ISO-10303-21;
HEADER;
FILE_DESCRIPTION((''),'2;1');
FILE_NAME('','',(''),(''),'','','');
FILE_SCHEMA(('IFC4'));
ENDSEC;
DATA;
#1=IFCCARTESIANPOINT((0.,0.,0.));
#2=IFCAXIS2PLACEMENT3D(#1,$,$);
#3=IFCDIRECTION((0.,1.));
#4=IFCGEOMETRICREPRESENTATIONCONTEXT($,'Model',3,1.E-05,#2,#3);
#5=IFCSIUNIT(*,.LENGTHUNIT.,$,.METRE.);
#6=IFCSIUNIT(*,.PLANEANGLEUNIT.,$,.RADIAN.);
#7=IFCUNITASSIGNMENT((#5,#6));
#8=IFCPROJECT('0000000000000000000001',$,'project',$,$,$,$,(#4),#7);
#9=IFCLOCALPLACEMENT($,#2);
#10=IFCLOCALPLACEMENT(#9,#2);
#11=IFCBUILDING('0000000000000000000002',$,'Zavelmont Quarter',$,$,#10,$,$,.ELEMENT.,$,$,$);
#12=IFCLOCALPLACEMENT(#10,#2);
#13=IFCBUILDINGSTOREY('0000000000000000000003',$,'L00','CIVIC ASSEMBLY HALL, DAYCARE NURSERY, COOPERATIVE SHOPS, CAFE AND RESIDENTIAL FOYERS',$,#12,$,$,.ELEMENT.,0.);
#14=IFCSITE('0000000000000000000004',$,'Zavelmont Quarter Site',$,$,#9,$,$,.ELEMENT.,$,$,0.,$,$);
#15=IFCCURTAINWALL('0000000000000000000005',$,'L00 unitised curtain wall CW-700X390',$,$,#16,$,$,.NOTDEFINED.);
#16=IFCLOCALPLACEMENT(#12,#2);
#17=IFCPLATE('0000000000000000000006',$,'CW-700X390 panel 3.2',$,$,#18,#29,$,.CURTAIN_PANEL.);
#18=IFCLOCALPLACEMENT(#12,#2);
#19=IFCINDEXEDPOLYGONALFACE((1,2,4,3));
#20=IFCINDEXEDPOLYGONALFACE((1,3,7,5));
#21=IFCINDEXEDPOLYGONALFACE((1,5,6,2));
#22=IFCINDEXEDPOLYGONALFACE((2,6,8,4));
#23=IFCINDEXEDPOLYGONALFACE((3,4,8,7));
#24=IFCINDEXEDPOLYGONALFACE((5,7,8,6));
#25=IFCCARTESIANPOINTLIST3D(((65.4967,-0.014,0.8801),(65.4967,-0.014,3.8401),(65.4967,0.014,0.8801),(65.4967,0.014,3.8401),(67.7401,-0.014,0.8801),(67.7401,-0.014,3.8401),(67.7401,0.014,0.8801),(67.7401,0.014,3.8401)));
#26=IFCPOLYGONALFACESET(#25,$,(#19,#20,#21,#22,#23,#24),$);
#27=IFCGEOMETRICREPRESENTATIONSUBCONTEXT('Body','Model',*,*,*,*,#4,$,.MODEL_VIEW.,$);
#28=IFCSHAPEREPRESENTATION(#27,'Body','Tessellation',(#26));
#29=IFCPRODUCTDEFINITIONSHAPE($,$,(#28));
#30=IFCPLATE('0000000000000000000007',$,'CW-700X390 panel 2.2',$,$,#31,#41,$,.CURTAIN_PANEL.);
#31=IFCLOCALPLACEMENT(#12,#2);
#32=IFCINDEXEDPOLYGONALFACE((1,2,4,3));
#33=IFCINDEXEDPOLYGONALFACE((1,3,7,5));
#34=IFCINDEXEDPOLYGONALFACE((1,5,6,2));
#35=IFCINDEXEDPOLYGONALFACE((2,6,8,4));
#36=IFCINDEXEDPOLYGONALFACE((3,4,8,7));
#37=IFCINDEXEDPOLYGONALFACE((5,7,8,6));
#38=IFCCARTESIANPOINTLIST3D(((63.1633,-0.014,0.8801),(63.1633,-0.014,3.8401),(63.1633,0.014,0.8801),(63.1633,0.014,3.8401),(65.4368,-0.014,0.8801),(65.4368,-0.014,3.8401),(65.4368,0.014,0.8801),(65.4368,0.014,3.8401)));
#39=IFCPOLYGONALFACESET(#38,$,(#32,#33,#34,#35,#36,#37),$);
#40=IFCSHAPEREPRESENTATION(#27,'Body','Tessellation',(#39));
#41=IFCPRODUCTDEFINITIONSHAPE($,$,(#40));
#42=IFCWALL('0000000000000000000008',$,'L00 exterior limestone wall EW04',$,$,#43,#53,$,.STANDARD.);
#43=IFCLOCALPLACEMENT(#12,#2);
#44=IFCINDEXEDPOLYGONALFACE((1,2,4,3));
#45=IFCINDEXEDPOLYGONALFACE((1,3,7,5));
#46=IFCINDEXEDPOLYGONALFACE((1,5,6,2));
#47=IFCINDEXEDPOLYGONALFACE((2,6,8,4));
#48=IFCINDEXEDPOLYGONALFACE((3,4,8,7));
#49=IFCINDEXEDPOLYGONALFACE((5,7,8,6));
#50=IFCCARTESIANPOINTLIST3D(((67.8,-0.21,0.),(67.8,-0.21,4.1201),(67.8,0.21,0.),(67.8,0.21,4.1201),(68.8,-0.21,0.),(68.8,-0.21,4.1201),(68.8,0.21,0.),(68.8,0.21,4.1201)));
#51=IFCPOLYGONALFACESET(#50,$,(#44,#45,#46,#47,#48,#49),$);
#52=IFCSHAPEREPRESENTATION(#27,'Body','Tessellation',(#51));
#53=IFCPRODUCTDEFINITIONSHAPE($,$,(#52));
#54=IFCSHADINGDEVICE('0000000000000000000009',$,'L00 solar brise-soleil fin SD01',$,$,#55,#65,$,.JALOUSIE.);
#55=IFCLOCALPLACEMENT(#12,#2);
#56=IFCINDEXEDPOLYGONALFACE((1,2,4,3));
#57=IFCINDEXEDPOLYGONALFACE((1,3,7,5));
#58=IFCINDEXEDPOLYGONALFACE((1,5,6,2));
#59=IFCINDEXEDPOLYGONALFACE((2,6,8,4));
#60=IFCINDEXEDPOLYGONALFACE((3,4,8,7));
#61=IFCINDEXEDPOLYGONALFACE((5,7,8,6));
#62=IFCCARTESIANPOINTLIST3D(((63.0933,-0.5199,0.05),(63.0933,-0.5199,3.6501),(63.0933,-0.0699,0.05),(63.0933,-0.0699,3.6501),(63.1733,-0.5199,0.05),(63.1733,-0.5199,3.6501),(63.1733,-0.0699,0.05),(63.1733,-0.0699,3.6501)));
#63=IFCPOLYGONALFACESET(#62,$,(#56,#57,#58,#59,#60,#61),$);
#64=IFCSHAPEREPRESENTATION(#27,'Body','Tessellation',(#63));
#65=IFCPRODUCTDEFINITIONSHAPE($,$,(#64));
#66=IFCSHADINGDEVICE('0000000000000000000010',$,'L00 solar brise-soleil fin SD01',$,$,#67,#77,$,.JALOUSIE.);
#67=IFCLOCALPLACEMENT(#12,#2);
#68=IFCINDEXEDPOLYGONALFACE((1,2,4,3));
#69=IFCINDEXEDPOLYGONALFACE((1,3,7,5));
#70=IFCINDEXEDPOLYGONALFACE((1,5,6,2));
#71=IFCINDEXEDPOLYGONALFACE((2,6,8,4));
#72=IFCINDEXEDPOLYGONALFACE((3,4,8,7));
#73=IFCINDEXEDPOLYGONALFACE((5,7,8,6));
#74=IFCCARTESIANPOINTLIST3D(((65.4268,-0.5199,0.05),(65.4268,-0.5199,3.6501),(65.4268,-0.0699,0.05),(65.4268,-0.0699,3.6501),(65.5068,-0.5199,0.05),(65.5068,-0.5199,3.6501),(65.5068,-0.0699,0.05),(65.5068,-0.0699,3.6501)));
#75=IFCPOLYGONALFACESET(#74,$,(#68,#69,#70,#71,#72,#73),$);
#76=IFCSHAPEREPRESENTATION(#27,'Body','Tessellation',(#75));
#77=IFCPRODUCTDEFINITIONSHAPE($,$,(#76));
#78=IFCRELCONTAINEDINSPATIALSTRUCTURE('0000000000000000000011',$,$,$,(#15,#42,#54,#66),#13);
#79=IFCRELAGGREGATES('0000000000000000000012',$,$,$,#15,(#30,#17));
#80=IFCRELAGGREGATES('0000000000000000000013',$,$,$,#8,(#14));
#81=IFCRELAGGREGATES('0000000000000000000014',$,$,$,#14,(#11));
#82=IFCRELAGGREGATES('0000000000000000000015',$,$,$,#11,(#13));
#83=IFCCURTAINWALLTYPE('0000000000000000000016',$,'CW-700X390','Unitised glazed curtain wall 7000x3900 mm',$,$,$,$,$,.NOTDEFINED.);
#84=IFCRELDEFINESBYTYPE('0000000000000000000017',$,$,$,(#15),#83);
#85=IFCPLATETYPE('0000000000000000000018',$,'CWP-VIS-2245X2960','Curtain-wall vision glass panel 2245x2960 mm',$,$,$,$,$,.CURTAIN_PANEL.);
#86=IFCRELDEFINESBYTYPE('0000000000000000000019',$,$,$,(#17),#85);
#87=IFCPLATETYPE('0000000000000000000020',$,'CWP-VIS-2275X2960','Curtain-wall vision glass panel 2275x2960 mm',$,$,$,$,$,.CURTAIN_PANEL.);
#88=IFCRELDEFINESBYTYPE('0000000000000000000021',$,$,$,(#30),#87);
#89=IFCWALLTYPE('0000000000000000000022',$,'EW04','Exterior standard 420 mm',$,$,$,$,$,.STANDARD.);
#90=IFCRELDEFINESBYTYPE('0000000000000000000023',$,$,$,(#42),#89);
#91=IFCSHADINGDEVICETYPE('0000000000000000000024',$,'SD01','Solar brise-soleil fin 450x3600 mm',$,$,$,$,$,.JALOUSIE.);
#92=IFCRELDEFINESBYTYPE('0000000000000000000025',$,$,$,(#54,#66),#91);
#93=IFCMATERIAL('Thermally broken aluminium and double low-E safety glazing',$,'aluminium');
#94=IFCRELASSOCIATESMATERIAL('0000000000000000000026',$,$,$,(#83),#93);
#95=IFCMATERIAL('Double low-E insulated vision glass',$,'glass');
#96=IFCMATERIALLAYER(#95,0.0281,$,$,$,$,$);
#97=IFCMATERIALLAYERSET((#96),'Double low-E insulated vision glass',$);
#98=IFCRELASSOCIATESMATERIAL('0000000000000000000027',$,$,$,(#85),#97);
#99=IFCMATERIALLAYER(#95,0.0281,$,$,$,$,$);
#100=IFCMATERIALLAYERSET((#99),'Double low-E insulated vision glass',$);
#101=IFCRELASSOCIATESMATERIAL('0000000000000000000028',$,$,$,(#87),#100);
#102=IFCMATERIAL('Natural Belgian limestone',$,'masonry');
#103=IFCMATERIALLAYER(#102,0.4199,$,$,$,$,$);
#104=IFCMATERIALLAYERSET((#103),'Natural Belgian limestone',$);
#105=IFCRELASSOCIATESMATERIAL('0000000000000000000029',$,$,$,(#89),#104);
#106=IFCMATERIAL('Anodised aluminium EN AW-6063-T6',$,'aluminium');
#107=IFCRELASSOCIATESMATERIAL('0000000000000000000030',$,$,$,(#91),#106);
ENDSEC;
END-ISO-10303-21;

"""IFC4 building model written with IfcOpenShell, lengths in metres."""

from ifc_helpers import new_model, si_unit, direction, frame, frame_2d, origin, origin_2d, place, context, subcontext, project, spatial, rectangle, extrude, material, layer, layer_set, type_object, element, aggregate, save


model = new_model("IFC4")

# Units and contexts
model_context = context("Model", 3, precision=1e-05, world=origin(), true_north=direction((0.0, 1.0)))
body_context = subcontext(model_context, "Body", "Model", "MODEL_VIEW")
ifc_project = project(units=[si_unit("LENGTHUNIT", "METRE"), si_unit("PLANEANGLEUNIT", "RADIAN")], contexts=[model_context])

# Site, building, storey
site_placement = place(None, origin())
site = spatial("IfcSite", under=ifc_project, at=site_placement, Name="Zavelmont Quarter Site", CompositionType="ELEMENT", RefElevation=0.0)
building_placement = place(site_placement, origin())
building = spatial("IfcBuilding", under=site, at=building_placement, Name="Zavelmont Quarter", CompositionType="ELEMENT")
storey_placement = place(building_placement, origin())
storey = spatial("IfcBuildingStorey", under=building, at=storey_placement, Name="L00", Description="CIVIC ASSEMBLY HALL, DAYCARE NURSERY, COOPERATIVE SHOPS, CAFE AND RESIDENTIAL FOYERS", CompositionType="ELEMENT", Elevation=0.0)

# Curtain wall
ifc_material_1 = material(Name="Thermally broken aluminium and double low-E safety glazing", Category="aluminium")
curtain_wall_type_1 = type_object("IfcCurtainWallType", Name="CW-700X390", Description="Unitised glazed curtain wall 7000x3900 mm", PredefinedType="NOTDEFINED", material=ifc_material_1)
curtain_wall_1_placement = place(storey_placement, origin())
curtain_wall_1 = element("IfcCurtainWall", 1, at=curtain_wall_1_placement, inside=storey, type_object=curtain_wall_type_1, Name="L00 unitised curtain wall CW-700X390", PredefinedType="NOTDEFINED")

# Plates
ifc_material_2 = material(Name="Double low-E insulated vision glass", Category="glass")
ifc_layer_1 = layer(ifc_material_2, 0.0281)
ifc_layer_set_1 = layer_set([ifc_layer_1], Name="Double low-E insulated vision glass")
plate_type_1 = type_object("IfcPlateType", Name="CWP-VIS-2245X2960", Description="Curtain-wall vision glass panel 2245x2960 mm", PredefinedType="CURTAIN_PANEL", material=ifc_layer_set_1)
plate_1_placement = place(storey_placement, frame((66.6184, 0.0, 0.8801), z_axis=(0.0, 0.0, 1.0), x_axis=(1.0, 0.0, 0.0)))
plate_1 = element("IfcPlate", 2, at=plate_1_placement, type_object=plate_type_1, Name="CW-700X390 panel 3.2", PredefinedType="CURTAIN_PANEL", context=body_context, shape_type="SweptSolid", body=[
    extrude(rectangle(XDim=2.2434, YDim=0.0281, at=origin_2d()), origin(), (0.0, 0.0, 1.0), 2.96),
])
ifc_layer_2 = layer(ifc_material_2, 0.0281)
ifc_layer_set_2 = layer_set([ifc_layer_2], Name="Double low-E insulated vision glass")
plate_type_2 = type_object("IfcPlateType", Name="CWP-VIS-2275X2960", Description="Curtain-wall vision glass panel 2275x2960 mm", PredefinedType="CURTAIN_PANEL", material=ifc_layer_set_2)
plate_2_placement = place(storey_placement, frame((64.3, 0.0, 0.8801), z_axis=(0.0, 0.0, 1.0), x_axis=(1.0, 0.0, 0.0)))
plate_2 = element("IfcPlate", 3, at=plate_2_placement, type_object=plate_type_2, Name="CW-700X390 panel 2.2", PredefinedType="CURTAIN_PANEL", context=body_context, shape_type="SweptSolid", body=[
    extrude(rectangle(XDim=2.2734, YDim=0.0281, at=origin_2d()), origin(), (0.0, 0.0, 1.0), 2.96),
])
aggregate(curtain_wall_1, [plate_2, plate_1])

# Shared definitions
ifc_material_3 = material(Name="Natural Belgian limestone", Category="masonry")
ifc_layer_3 = layer(ifc_material_3, 0.4199)
ifc_layer_set_3 = layer_set([ifc_layer_3], Name="Natural Belgian limestone")
wall_type = type_object("IfcWallType", Name="EW04", Description="Exterior standard 420 mm", PredefinedType="STANDARD", material=ifc_layer_set_3)

# Wall
wall_1_placement = place(storey_placement, frame((67.8, 0.0, 0.0), z_axis=(0.0, 0.0, 1.0), x_axis=(1.0, 0.0, 0.0)))
element("IfcWall", 4, at=wall_1_placement, inside=storey, type_object=wall_type, Name="L00 exterior limestone wall EW04", PredefinedType="STANDARD", context=body_context, shape_type="SweptSolid", body=[
    extrude(rectangle(XDim=1.0, YDim=0.4199, at=frame_2d((0.5, 0.0))), origin(), (0.0, 0.0, 1.0), 4.1201),
])

# Shading devices
ifc_material_4 = material(Name="Anodised aluminium EN AW-6063-T6", Category="aluminium")
shading_device_type = type_object("IfcShadingDeviceType", Name="SD01", Description="Solar brise-soleil fin 450x3600 mm", PredefinedType="JALOUSIE", material=ifc_material_4)
for number, where, z_axis, x_axis, name in (
    (5, (63.1333, -0.2949, 0.05), (0.0, 0.0, 1.0), (1.0, 0.0, 0.0), "L00 solar brise-soleil fin SD01"),
    (6, (65.4668, -0.2949, 0.05), (0.0, 0.0, 1.0), (1.0, 0.0, 0.0), "L00 solar brise-soleil fin SD01"),
):
    element("IfcShadingDevice", number, at=place(storey_placement, frame(where, z_axis=z_axis, x_axis=x_axis)), inside=storey, type_object=shading_device_type, Name=name, PredefinedType="JALOUSIE", context=body_context, shape_type="SweptSolid", body=[
        extrude(rectangle(XDim=0.0801, YDim=0.45, at=origin_2d()), origin(), (0.0, 0.0, 1.0), 3.6001),
    ])

save(model, "model.ifc")
